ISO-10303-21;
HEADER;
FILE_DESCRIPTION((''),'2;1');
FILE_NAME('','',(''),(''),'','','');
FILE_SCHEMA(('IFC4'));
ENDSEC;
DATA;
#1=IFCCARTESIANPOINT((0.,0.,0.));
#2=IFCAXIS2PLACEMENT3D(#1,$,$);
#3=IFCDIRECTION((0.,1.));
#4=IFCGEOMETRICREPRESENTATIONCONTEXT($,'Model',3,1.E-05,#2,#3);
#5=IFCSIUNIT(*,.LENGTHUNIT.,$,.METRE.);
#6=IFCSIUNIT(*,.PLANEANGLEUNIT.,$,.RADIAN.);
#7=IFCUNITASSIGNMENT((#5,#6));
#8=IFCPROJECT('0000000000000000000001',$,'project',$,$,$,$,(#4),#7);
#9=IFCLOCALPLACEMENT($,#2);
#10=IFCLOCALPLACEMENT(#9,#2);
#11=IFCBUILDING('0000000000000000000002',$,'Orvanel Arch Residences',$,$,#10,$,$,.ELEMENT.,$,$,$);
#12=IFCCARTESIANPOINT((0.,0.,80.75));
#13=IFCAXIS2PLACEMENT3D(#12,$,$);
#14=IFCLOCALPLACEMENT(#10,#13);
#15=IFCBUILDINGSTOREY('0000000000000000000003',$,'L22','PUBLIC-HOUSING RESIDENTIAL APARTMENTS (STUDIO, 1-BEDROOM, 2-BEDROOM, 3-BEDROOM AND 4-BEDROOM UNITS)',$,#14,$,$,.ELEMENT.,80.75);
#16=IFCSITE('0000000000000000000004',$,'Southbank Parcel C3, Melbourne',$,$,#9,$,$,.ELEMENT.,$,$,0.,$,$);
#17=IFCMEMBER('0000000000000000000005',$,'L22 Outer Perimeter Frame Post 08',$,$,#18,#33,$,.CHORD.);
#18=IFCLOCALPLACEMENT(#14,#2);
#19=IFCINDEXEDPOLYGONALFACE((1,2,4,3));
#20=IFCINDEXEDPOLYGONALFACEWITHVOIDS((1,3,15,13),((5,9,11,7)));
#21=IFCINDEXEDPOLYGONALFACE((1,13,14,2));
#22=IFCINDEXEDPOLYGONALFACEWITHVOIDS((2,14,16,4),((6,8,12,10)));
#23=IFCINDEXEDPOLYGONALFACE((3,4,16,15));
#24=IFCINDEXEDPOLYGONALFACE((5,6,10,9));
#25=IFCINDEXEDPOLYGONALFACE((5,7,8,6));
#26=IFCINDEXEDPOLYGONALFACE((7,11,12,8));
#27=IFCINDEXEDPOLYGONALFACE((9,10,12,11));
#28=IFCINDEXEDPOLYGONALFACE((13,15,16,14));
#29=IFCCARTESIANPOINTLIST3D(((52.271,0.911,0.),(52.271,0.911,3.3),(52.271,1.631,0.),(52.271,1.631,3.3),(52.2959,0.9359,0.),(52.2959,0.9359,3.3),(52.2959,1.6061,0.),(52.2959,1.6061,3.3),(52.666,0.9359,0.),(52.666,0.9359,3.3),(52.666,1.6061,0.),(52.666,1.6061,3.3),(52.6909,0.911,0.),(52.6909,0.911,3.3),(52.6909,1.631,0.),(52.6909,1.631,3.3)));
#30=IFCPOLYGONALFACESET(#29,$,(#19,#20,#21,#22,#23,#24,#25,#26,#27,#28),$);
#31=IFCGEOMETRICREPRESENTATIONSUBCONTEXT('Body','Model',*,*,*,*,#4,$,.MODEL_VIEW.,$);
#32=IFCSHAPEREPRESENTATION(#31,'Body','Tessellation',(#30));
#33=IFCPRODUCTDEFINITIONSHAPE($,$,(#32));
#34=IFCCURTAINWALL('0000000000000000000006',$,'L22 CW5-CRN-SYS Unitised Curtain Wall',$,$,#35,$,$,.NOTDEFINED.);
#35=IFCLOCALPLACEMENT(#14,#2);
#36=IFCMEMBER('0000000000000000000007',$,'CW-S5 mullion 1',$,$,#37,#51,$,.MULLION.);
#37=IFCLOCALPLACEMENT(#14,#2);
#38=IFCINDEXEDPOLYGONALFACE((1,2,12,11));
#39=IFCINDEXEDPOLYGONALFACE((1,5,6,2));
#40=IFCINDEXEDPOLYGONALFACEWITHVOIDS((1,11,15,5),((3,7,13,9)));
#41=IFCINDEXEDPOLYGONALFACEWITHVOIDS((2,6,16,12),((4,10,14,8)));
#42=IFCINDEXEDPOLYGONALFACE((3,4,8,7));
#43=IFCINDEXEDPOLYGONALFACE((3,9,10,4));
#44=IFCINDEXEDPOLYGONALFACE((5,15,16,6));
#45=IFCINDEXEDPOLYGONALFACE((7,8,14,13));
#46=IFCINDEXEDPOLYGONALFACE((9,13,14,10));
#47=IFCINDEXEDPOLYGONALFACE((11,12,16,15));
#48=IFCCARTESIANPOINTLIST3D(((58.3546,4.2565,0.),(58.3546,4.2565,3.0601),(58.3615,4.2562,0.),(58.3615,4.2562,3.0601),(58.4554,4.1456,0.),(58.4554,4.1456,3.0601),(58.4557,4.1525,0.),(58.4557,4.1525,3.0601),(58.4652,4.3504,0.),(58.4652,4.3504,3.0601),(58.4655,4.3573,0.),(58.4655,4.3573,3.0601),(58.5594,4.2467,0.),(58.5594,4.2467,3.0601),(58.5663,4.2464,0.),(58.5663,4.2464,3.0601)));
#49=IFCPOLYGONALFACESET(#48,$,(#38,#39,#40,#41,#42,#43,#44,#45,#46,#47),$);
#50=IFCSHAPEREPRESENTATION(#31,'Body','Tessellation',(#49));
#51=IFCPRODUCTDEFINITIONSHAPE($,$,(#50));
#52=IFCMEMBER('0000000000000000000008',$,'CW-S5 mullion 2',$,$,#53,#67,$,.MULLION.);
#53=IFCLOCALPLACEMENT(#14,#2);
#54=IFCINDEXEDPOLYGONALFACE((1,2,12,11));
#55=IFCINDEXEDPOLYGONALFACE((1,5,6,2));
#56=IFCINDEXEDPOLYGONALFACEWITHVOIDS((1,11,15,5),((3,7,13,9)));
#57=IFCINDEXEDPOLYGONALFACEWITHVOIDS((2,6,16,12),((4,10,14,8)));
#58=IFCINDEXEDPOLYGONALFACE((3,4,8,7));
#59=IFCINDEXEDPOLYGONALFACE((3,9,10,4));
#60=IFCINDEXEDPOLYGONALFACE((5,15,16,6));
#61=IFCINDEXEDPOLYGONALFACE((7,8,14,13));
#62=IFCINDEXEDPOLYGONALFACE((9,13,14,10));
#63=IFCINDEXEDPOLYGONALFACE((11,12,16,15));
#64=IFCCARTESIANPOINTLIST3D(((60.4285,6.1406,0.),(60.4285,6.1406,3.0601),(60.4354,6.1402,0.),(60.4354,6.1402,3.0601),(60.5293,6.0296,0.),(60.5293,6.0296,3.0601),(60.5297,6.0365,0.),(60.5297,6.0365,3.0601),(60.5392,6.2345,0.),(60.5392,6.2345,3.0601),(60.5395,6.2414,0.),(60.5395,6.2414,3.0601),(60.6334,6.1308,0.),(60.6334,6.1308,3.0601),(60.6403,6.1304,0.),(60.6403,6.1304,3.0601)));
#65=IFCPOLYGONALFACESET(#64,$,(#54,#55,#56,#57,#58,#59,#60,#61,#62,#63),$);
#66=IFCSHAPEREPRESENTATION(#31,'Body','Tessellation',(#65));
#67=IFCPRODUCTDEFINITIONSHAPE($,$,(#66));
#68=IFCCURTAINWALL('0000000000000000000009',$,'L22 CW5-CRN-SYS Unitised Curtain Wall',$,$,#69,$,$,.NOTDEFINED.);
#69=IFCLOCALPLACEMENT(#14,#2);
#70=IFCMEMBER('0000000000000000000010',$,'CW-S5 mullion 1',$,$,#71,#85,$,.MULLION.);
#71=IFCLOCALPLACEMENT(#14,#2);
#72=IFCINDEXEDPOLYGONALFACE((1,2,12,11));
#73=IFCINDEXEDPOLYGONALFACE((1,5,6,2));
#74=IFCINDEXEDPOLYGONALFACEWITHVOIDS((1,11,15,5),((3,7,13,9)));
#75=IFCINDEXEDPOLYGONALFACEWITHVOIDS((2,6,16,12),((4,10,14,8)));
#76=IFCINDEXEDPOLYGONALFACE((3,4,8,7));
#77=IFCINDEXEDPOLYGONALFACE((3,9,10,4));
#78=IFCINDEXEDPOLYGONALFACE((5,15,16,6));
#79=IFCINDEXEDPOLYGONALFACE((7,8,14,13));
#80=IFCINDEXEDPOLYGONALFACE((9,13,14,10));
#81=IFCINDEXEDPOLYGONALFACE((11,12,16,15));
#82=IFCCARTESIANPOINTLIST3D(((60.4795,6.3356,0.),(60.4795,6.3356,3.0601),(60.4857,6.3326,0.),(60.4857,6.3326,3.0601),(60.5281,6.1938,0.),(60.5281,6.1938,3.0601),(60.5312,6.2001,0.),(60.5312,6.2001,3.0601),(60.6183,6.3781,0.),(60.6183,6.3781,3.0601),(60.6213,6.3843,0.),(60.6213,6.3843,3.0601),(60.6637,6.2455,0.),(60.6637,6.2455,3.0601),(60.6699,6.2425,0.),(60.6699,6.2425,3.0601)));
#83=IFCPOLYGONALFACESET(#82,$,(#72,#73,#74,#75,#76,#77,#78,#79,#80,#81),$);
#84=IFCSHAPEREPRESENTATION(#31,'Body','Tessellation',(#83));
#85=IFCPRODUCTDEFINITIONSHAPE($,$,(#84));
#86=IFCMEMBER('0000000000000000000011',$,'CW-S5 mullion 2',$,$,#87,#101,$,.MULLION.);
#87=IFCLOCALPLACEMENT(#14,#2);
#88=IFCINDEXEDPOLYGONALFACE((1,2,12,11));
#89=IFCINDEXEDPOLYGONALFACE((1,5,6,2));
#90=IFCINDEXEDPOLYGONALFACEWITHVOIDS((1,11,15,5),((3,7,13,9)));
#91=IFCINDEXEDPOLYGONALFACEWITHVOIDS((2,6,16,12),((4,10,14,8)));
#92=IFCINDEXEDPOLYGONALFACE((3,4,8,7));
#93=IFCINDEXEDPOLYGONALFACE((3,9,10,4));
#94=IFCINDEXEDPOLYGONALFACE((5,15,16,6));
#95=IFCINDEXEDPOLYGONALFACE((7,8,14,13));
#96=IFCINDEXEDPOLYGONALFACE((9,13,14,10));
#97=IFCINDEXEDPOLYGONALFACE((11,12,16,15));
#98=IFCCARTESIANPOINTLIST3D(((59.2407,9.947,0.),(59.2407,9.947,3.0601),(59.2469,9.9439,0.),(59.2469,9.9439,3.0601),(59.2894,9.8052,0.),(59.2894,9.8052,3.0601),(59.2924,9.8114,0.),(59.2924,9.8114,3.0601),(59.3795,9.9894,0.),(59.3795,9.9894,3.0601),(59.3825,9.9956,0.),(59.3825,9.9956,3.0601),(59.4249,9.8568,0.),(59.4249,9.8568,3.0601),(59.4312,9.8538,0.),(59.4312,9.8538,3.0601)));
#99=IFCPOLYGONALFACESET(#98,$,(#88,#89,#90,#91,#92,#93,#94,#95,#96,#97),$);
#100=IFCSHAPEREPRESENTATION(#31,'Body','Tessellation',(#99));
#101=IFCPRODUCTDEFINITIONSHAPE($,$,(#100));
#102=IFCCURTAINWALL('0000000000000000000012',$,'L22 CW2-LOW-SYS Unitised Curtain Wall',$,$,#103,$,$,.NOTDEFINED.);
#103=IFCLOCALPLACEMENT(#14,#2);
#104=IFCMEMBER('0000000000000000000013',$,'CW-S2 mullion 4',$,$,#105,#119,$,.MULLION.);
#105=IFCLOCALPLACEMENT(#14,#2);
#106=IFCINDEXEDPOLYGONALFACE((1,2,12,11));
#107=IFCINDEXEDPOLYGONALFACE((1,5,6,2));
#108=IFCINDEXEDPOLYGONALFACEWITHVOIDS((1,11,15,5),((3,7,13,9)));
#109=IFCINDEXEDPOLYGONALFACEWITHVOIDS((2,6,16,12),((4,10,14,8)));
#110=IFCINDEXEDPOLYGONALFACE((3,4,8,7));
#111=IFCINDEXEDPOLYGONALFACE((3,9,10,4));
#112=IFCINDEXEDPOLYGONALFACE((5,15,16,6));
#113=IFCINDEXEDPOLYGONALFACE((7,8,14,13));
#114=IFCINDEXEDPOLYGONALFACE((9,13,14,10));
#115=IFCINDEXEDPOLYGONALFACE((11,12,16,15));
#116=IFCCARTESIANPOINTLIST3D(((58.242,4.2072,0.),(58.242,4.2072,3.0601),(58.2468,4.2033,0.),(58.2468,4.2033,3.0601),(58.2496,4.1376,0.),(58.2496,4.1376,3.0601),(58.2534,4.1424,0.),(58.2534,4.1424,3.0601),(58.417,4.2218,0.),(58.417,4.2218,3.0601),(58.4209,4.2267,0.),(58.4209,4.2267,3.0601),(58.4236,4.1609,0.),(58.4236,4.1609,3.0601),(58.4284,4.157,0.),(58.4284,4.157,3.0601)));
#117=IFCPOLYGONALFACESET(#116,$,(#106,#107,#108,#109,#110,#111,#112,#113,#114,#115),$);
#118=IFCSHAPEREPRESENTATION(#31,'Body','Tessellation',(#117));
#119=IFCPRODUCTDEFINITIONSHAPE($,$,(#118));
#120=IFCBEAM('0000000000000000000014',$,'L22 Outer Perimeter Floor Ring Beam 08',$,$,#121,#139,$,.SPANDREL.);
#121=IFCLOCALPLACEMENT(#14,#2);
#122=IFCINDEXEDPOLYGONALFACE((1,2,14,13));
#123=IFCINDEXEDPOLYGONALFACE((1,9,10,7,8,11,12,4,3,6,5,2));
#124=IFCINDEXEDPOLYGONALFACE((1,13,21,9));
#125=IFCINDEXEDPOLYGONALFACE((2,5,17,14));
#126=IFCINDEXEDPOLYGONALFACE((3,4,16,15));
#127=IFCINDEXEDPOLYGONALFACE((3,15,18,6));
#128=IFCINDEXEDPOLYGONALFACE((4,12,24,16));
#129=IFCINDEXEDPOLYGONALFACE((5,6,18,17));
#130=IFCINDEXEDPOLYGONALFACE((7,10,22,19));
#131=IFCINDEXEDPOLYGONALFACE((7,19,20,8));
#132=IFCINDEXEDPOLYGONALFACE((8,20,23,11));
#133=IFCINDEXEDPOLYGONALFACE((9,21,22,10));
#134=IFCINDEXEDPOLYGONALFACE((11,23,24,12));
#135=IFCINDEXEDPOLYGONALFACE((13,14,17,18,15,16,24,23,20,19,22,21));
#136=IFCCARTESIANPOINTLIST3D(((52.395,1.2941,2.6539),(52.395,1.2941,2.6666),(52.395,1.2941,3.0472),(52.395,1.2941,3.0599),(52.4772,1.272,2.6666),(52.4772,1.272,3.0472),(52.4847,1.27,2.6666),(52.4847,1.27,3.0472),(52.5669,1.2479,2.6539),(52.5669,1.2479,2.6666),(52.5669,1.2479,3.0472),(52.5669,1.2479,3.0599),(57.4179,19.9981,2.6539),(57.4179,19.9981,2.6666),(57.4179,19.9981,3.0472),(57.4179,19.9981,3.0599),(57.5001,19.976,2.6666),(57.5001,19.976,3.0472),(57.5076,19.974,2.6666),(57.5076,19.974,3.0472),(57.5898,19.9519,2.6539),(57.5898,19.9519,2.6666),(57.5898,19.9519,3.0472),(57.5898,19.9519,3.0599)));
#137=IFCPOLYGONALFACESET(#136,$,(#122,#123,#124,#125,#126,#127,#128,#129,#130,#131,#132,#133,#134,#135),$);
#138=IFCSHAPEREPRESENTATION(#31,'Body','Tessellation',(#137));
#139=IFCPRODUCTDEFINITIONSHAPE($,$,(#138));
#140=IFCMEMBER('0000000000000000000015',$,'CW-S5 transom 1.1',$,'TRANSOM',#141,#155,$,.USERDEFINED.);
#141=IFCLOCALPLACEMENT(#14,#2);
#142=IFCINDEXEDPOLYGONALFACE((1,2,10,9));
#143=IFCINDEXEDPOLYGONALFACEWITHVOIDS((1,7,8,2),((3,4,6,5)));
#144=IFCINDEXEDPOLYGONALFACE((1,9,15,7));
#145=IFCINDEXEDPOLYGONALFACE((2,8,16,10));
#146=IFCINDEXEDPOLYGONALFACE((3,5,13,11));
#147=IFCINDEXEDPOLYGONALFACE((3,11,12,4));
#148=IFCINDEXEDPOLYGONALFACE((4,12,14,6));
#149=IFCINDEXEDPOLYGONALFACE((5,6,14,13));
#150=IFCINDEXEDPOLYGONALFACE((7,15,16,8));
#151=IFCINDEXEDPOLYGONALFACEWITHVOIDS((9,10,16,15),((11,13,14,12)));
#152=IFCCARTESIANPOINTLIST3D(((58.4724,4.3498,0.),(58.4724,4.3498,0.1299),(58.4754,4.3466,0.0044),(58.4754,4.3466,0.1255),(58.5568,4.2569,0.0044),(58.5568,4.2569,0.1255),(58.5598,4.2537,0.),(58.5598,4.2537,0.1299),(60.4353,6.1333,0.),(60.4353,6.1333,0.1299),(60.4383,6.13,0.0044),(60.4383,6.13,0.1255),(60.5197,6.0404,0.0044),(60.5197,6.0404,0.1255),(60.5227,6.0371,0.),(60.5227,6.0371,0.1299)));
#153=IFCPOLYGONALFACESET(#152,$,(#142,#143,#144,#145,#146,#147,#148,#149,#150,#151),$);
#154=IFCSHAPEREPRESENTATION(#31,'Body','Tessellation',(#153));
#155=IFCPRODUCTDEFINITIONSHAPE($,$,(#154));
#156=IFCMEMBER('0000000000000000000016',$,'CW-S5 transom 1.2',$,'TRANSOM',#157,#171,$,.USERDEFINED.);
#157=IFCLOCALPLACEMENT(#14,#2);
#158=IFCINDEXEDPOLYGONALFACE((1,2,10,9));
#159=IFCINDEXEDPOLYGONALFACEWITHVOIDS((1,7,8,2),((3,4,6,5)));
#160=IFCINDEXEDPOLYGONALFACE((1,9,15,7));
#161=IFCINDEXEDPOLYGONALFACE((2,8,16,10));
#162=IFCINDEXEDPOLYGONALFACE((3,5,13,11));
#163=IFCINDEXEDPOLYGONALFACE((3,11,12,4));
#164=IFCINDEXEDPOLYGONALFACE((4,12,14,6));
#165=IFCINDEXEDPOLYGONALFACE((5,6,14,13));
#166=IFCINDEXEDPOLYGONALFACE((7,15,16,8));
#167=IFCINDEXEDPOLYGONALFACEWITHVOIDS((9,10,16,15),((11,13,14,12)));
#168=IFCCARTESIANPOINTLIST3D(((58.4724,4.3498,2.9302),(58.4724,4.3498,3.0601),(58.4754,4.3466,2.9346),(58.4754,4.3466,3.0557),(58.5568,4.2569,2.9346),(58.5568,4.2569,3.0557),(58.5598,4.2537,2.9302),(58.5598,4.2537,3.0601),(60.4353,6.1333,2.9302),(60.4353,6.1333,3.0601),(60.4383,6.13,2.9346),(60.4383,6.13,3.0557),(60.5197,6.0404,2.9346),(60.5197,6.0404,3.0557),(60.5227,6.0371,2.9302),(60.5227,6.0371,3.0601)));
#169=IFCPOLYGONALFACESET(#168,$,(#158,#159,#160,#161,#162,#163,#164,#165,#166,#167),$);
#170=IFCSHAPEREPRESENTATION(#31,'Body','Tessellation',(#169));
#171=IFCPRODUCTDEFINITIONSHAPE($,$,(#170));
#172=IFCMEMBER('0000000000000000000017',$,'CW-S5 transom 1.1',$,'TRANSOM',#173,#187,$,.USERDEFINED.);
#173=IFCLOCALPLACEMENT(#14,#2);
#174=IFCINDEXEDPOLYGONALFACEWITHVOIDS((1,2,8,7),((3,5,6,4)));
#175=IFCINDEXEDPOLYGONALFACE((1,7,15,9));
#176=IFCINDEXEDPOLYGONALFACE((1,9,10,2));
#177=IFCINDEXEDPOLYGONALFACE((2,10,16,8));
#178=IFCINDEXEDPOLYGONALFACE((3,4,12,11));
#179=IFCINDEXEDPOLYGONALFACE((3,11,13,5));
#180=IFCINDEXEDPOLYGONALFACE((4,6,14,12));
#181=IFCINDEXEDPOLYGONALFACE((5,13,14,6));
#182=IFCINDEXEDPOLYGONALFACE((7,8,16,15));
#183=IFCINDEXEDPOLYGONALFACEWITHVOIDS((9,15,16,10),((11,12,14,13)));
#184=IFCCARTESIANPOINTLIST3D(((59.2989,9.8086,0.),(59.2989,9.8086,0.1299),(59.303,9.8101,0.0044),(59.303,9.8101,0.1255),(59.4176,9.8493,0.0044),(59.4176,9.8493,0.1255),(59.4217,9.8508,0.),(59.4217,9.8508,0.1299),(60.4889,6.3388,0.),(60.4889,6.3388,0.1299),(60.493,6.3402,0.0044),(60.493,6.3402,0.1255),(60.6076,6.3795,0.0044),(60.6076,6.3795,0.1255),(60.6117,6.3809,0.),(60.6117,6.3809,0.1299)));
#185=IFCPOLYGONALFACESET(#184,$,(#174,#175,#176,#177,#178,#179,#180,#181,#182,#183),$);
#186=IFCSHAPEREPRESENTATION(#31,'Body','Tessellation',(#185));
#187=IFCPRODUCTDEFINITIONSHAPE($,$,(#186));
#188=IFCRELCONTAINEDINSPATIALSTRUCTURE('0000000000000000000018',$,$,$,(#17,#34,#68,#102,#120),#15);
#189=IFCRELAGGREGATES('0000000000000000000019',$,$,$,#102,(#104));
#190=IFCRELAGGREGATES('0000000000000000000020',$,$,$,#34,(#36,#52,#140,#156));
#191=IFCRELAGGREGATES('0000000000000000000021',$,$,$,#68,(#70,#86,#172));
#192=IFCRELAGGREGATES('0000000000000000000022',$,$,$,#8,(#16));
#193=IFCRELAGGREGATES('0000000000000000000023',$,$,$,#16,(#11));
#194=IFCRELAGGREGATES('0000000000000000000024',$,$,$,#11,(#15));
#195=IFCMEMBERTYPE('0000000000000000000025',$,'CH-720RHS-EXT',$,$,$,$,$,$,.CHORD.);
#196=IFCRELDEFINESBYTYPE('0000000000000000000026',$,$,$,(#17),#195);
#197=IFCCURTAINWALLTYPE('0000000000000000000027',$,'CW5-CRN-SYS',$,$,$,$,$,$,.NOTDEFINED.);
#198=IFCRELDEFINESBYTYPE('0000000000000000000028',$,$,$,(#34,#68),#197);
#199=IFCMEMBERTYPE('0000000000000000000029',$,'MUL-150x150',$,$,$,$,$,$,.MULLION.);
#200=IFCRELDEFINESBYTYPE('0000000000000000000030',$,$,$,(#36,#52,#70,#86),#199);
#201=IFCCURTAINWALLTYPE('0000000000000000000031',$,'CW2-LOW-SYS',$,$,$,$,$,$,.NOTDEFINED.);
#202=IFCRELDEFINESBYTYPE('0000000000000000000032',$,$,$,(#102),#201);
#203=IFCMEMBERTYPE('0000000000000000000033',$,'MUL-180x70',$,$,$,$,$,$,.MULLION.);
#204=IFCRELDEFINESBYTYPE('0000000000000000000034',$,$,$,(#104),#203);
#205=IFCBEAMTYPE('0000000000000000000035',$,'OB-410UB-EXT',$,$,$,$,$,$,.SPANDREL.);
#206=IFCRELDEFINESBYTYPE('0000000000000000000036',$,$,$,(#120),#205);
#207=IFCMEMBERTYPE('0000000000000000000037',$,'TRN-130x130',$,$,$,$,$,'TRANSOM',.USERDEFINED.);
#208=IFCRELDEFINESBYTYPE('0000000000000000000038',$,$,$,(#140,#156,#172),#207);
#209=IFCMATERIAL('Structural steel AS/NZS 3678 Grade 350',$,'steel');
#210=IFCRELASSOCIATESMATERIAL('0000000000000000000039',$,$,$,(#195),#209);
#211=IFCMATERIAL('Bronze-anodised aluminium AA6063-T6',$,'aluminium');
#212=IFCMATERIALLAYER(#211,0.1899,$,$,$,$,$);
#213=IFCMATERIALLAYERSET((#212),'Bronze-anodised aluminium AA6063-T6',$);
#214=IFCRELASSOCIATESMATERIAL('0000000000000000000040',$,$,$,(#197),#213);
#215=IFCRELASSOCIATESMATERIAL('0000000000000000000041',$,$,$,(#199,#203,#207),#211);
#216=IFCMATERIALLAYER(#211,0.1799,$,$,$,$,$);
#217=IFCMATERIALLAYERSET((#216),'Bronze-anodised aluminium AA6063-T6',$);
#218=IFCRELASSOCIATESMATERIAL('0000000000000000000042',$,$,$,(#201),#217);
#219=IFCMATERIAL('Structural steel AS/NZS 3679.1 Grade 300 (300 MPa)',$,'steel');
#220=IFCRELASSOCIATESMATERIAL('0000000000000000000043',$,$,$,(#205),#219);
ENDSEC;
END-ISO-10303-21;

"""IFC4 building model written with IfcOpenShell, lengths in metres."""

from ifc_helpers import new_model, si_unit, direction, frame, origin, origin_2d, place, context, subcontext, project, spatial, hollow_rectangle, i_section, extrude, material, layer, layer_set, material_profile, profile_set, type_object, element, aggregate, save


model = new_model("IFC4")

# Units and contexts
model_context = context("Model", 3, precision=1e-05, world=origin(), true_north=direction((0.0, 1.0)))
body_context = subcontext(model_context, "Body", "Model", "MODEL_VIEW")
ifc_project = project(units=[si_unit("LENGTHUNIT", "METRE"), si_unit("PLANEANGLEUNIT", "RADIAN")], contexts=[model_context])

# Site, building, storey
site_placement = place(None, origin())
site = spatial("IfcSite", under=ifc_project, at=site_placement, Name="Southbank Parcel C3, Melbourne", CompositionType="ELEMENT", RefElevation=0.0)
building_placement = place(site_placement, origin())
building = spatial("IfcBuilding", under=site, at=building_placement, Name="Orvanel Arch Residences", CompositionType="ELEMENT")
storey_placement = place(building_placement, frame((0.0, 0.0, 80.75)))
storey = spatial("IfcBuildingStorey", under=building, at=storey_placement, Name="L22", Description="PUBLIC-HOUSING RESIDENTIAL APARTMENTS (STUDIO, 1-BEDROOM, 2-BEDROOM, 3-BEDROOM AND 4-BEDROOM UNITS)", CompositionType="ELEMENT", Elevation=80.75)

# Member
ifc_material_1 = material(Name="Structural steel AS/NZS 3678 Grade 350", Category="steel")
ifc_material_profile_1 = material_profile(ifc_material_1, hollow_rectangle(XDim=0.4199, YDim=0.72, WallThickness=0.0249, at=origin_2d()), Name="RHS720x420x25")
ifc_profile_set_1 = profile_set([ifc_material_profile_1], Name="Structural steel AS/NZS 3678 Grade 350")
member_type_1 = type_object("IfcMemberType", Name="CH-720RHS-EXT", PredefinedType="CHORD", material=ifc_profile_set_1)
member_1_placement = place(storey_placement, frame((52.481, 1.271, 0.0), z_axis=(0.0, 0.0, 1.0), x_axis=(1.0, 0.0, 0.0)))
element("IfcMember", 1, at=member_1_placement, inside=storey, type_object=member_type_1, Name="L22 Outer Perimeter Frame Post 08", PredefinedType="CHORD", context=body_context, shape_type="SweptSolid", body=[
    extrude(hollow_rectangle(XDim=0.4199, YDim=0.72, WallThickness=0.0249, at=origin_2d()), origin(), (0.0, 0.0, 1.0), 3.3),
])

# Curtain walls, members
ifc_material_2 = material(Name="Bronze-anodised aluminium AA6063-T6", Category="aluminium")
ifc_layer_1 = layer(ifc_material_2, 0.1899)
ifc_layer_set_1 = layer_set([ifc_layer_1], Name="Bronze-anodised aluminium AA6063-T6")
curtain_wall_type_1 = type_object("IfcCurtainWallType", Name="CW5-CRN-SYS", PredefinedType="NOTDEFINED", material=ifc_layer_set_1)
curtain_wall_1_placement = place(storey_placement, origin())
curtain_wall_1 = element("IfcCurtainWall", 2, at=curtain_wall_1_placement, inside=storey, type_object=curtain_wall_type_1, Name="L22 CW5-CRN-SYS Unitised Curtain Wall", PredefinedType="NOTDEFINED")
ifc_material_profile_2 = material_profile(ifc_material_2, hollow_rectangle(XDim=0.1499, YDim=0.1499, WallThickness=0.0049, at=origin_2d()), Name="ALU150x150x5")
ifc_profile_set_2 = profile_set([ifc_material_profile_2], Name="Bronze-anodised aluminium AA6063-T6")
member_type_2 = type_object("IfcMemberType", Name="MUL-150x150", PredefinedType="MULLION", material=ifc_profile_set_2)
member_2_placement = place(storey_placement, frame((58.4604, 4.2515, 0.0), z_axis=(0.0, 0.0, 1.0), x_axis=(-0.67242, 0.74017, 0.0)))
member_2 = element("IfcMember", 3, at=member_2_placement, type_object=member_type_2, Name="CW-S5 mullion 1", PredefinedType="MULLION", context=body_context, shape_type="SweptSolid", body=[
    extrude(hollow_rectangle(XDim=0.1499, YDim=0.1499, WallThickness=0.0049, at=origin_2d()), origin(), (0.0, 0.0, 1.0), 3.0601),
])
member_3_placement = place(storey_placement, frame((60.5344, 6.1355, 0.0), z_axis=(0.0, 0.0, 1.0), x_axis=(-0.67242, 0.74017, 0.0)))
member_3 = element("IfcMember", 4, at=member_3_placement, type_object=member_type_2, Name="CW-S5 mullion 2", PredefinedType="MULLION", context=body_context, shape_type="SweptSolid", body=[
    extrude(hollow_rectangle(XDim=0.1499, YDim=0.1499, WallThickness=0.0049, at=origin_2d()), origin(), (0.0, 0.0, 1.0), 3.0601),
])
curtain_wall_2_placement = place(storey_placement, origin())
curtain_wall_2 = element("IfcCurtainWall", 5, at=curtain_wall_2_placement, inside=storey, type_object=curtain_wall_type_1, Name="L22 CW5-CRN-SYS Unitised Curtain Wall", PredefinedType="NOTDEFINED")
member_4_placement = place(storey_placement, frame((60.5747, 6.2891, 0.0), z_axis=(0.0, 0.0, 1.0), x_axis=(-0.945912, -0.324423, 0.0)))
member_4 = element("IfcMember", 6, at=member_4_placement, type_object=member_type_2, Name="CW-S5 mullion 1", PredefinedType="MULLION", context=body_context, shape_type="SweptSolid", body=[
    extrude(hollow_rectangle(XDim=0.1499, YDim=0.1499, WallThickness=0.0049, at=origin_2d()), origin(), (0.0, 0.0, 1.0), 3.0601),
])
member_5_placement = place(storey_placement, frame((59.3359, 9.9004, 0.0), z_axis=(0.0, 0.0, 1.0), x_axis=(-0.945912, -0.324423, 0.0)))
member_5 = element("IfcMember", 7, at=member_5_placement, type_object=member_type_2, Name="CW-S5 mullion 2", PredefinedType="MULLION", context=body_context, shape_type="SweptSolid", body=[
    extrude(hollow_rectangle(XDim=0.1499, YDim=0.1499, WallThickness=0.0049, at=origin_2d()), origin(), (0.0, 0.0, 1.0), 3.0601),
])

# Curtain wall, member
ifc_layer_2 = layer(ifc_material_2, 0.1799)
ifc_layer_set_2 = layer_set([ifc_layer_2], Name="Bronze-anodised aluminium AA6063-T6")
curtain_wall_type_2 = type_object("IfcCurtainWallType", Name="CW2-LOW-SYS", PredefinedType="NOTDEFINED", material=ifc_layer_set_2)
curtain_wall_3_placement = place(storey_placement, origin())
curtain_wall_3 = element("IfcCurtainWall", 8, at=curtain_wall_3_placement, inside=storey, type_object=curtain_wall_type_2, Name="L22 CW2-LOW-SYS Unitised Curtain Wall", PredefinedType="NOTDEFINED")
ifc_material_profile_3 = material_profile(ifc_material_2, hollow_rectangle(XDim=0.0701, YDim=0.1799, WallThickness=0.0044, at=origin_2d()), Name="ALU180x70x4.5")
ifc_profile_set_3 = profile_set([ifc_material_profile_3], Name="Bronze-anodised aluminium AA6063-T6")
member_type_3 = type_object("IfcMemberType", Name="MUL-180x70", PredefinedType="MULLION", material=ifc_profile_set_3)
member_6_placement = place(storey_placement, frame((58.3352, 4.1821, 0.0), z_axis=(0.0, 0.0, 1.0), x_axis=(-0.108083, 0.994142, 0.0)))
member_6 = element("IfcMember", 9, at=member_6_placement, type_object=member_type_3, Name="CW-S2 mullion 4", PredefinedType="MULLION", context=body_context, shape_type="SweptSolid", body=[
    extrude(hollow_rectangle(XDim=0.0701, YDim=0.1799, WallThickness=0.0044, at=origin_2d()), origin(), (0.0, 0.0, 1.0), 3.0601),
])

# Beam
ifc_material_3 = material(Name="Structural steel AS/NZS 3679.1 Grade 300 (300 MPa)", Category="steel")
ifc_material_profile_4 = material_profile(ifc_material_3, i_section(OverallWidth=0.178, OverallDepth=0.406, WebThickness=0.0078, FlangeThickness=0.0127, at=origin_2d()), Name="410UB59.7")
ifc_profile_set_4 = profile_set([ifc_material_profile_4], Name="Structural steel AS/NZS 3679.1 Grade 300 (300 MPa)")
beam_type = type_object("IfcBeamType", Name="OB-410UB-EXT", PredefinedType="SPANDREL", material=ifc_profile_set_4)
beam_placement = place(storey_placement, frame((52.481, 1.271, 2.8569), z_axis=(0.259359, 0.965781, 0.0), x_axis=(-0.965781, 0.259359, 0.0)))
element("IfcBeam", 10, at=beam_placement, inside=storey, type_object=beam_type, Name="L22 Outer Perimeter Floor Ring Beam 08", PredefinedType="SPANDREL", context=body_context, shape_type="SweptSolid", body=[
    extrude(i_section(OverallWidth=0.178, OverallDepth=0.406, WebThickness=0.0078, FlangeThickness=0.0127, at=origin_2d()), origin(), (0.0, 0.0, 1.0), 19.3667),
])

# Members
ifc_material_profile_5 = material_profile(ifc_material_2, hollow_rectangle(XDim=0.1299, YDim=0.1299, WallThickness=0.0044, at=origin_2d()), Name="ALU130x130x4.5")
ifc_profile_set_5 = profile_set([ifc_material_profile_5], Name="Bronze-anodised aluminium AA6063-T6")
member_type_4 = type_object("IfcMemberType", Name="TRN-130x130", ElementType="TRANSOM", PredefinedType="USERDEFINED", material=ifc_profile_set_5)
member_7_placement = place(storey_placement, frame((58.5161, 4.3018, 0.0649), z_axis=(0.740127, 0.672467, 0.0), x_axis=(-0.672467, 0.740127, 0.0)))
member_7 = element("IfcMember", 11, at=member_7_placement, type_object=member_type_4, Name="CW-S5 transom 1.1", ObjectType="TRANSOM", PredefinedType="USERDEFINED", context=body_context, shape_type="SweptSolid", body=[
    extrude(hollow_rectangle(XDim=0.1299, YDim=0.1299, WallThickness=0.0044, at=origin_2d()), origin(), (0.0, 0.0, 1.0), 2.6521),
])
member_8_placement = place(storey_placement, frame((58.5161, 4.3018, 2.9951), z_axis=(0.740127, 0.672467, 0.0), x_axis=(-0.672467, 0.740127, 0.0)))
member_8 = element("IfcMember", 12, at=member_8_placement, type_object=member_type_4, Name="CW-S5 transom 1.2", ObjectType="TRANSOM", PredefinedType="USERDEFINED", context=body_context, shape_type="SweptSolid", body=[
    extrude(hollow_rectangle(XDim=0.1299, YDim=0.1299, WallThickness=0.0044, at=origin_2d()), origin(), (0.0, 0.0, 1.0), 2.6521),
])
member_9_placement = place(storey_placement, frame((60.5503, 6.3599, 0.0649), z_axis=(-0.324403, 0.945919, 0.0), x_axis=(-0.945919, -0.324403, 0.0)))
member_9 = element("IfcMember", 13, at=member_9_placement, type_object=member_type_4, Name="CW-S5 transom 1.1", ObjectType="TRANSOM", PredefinedType="USERDEFINED", context=body_context, shape_type="SweptSolid", body=[
    extrude(hollow_rectangle(XDim=0.1299, YDim=0.1299, WallThickness=0.0044, at=origin_2d()), origin(), (0.0, 0.0, 1.0), 3.6682),
])

aggregate(curtain_wall_3, [member_6])
aggregate(curtain_wall_1, [member_2, member_3, member_7, member_8])
aggregate(curtain_wall_2, [member_4, member_5, member_9])

save(model, "model.ifc")
